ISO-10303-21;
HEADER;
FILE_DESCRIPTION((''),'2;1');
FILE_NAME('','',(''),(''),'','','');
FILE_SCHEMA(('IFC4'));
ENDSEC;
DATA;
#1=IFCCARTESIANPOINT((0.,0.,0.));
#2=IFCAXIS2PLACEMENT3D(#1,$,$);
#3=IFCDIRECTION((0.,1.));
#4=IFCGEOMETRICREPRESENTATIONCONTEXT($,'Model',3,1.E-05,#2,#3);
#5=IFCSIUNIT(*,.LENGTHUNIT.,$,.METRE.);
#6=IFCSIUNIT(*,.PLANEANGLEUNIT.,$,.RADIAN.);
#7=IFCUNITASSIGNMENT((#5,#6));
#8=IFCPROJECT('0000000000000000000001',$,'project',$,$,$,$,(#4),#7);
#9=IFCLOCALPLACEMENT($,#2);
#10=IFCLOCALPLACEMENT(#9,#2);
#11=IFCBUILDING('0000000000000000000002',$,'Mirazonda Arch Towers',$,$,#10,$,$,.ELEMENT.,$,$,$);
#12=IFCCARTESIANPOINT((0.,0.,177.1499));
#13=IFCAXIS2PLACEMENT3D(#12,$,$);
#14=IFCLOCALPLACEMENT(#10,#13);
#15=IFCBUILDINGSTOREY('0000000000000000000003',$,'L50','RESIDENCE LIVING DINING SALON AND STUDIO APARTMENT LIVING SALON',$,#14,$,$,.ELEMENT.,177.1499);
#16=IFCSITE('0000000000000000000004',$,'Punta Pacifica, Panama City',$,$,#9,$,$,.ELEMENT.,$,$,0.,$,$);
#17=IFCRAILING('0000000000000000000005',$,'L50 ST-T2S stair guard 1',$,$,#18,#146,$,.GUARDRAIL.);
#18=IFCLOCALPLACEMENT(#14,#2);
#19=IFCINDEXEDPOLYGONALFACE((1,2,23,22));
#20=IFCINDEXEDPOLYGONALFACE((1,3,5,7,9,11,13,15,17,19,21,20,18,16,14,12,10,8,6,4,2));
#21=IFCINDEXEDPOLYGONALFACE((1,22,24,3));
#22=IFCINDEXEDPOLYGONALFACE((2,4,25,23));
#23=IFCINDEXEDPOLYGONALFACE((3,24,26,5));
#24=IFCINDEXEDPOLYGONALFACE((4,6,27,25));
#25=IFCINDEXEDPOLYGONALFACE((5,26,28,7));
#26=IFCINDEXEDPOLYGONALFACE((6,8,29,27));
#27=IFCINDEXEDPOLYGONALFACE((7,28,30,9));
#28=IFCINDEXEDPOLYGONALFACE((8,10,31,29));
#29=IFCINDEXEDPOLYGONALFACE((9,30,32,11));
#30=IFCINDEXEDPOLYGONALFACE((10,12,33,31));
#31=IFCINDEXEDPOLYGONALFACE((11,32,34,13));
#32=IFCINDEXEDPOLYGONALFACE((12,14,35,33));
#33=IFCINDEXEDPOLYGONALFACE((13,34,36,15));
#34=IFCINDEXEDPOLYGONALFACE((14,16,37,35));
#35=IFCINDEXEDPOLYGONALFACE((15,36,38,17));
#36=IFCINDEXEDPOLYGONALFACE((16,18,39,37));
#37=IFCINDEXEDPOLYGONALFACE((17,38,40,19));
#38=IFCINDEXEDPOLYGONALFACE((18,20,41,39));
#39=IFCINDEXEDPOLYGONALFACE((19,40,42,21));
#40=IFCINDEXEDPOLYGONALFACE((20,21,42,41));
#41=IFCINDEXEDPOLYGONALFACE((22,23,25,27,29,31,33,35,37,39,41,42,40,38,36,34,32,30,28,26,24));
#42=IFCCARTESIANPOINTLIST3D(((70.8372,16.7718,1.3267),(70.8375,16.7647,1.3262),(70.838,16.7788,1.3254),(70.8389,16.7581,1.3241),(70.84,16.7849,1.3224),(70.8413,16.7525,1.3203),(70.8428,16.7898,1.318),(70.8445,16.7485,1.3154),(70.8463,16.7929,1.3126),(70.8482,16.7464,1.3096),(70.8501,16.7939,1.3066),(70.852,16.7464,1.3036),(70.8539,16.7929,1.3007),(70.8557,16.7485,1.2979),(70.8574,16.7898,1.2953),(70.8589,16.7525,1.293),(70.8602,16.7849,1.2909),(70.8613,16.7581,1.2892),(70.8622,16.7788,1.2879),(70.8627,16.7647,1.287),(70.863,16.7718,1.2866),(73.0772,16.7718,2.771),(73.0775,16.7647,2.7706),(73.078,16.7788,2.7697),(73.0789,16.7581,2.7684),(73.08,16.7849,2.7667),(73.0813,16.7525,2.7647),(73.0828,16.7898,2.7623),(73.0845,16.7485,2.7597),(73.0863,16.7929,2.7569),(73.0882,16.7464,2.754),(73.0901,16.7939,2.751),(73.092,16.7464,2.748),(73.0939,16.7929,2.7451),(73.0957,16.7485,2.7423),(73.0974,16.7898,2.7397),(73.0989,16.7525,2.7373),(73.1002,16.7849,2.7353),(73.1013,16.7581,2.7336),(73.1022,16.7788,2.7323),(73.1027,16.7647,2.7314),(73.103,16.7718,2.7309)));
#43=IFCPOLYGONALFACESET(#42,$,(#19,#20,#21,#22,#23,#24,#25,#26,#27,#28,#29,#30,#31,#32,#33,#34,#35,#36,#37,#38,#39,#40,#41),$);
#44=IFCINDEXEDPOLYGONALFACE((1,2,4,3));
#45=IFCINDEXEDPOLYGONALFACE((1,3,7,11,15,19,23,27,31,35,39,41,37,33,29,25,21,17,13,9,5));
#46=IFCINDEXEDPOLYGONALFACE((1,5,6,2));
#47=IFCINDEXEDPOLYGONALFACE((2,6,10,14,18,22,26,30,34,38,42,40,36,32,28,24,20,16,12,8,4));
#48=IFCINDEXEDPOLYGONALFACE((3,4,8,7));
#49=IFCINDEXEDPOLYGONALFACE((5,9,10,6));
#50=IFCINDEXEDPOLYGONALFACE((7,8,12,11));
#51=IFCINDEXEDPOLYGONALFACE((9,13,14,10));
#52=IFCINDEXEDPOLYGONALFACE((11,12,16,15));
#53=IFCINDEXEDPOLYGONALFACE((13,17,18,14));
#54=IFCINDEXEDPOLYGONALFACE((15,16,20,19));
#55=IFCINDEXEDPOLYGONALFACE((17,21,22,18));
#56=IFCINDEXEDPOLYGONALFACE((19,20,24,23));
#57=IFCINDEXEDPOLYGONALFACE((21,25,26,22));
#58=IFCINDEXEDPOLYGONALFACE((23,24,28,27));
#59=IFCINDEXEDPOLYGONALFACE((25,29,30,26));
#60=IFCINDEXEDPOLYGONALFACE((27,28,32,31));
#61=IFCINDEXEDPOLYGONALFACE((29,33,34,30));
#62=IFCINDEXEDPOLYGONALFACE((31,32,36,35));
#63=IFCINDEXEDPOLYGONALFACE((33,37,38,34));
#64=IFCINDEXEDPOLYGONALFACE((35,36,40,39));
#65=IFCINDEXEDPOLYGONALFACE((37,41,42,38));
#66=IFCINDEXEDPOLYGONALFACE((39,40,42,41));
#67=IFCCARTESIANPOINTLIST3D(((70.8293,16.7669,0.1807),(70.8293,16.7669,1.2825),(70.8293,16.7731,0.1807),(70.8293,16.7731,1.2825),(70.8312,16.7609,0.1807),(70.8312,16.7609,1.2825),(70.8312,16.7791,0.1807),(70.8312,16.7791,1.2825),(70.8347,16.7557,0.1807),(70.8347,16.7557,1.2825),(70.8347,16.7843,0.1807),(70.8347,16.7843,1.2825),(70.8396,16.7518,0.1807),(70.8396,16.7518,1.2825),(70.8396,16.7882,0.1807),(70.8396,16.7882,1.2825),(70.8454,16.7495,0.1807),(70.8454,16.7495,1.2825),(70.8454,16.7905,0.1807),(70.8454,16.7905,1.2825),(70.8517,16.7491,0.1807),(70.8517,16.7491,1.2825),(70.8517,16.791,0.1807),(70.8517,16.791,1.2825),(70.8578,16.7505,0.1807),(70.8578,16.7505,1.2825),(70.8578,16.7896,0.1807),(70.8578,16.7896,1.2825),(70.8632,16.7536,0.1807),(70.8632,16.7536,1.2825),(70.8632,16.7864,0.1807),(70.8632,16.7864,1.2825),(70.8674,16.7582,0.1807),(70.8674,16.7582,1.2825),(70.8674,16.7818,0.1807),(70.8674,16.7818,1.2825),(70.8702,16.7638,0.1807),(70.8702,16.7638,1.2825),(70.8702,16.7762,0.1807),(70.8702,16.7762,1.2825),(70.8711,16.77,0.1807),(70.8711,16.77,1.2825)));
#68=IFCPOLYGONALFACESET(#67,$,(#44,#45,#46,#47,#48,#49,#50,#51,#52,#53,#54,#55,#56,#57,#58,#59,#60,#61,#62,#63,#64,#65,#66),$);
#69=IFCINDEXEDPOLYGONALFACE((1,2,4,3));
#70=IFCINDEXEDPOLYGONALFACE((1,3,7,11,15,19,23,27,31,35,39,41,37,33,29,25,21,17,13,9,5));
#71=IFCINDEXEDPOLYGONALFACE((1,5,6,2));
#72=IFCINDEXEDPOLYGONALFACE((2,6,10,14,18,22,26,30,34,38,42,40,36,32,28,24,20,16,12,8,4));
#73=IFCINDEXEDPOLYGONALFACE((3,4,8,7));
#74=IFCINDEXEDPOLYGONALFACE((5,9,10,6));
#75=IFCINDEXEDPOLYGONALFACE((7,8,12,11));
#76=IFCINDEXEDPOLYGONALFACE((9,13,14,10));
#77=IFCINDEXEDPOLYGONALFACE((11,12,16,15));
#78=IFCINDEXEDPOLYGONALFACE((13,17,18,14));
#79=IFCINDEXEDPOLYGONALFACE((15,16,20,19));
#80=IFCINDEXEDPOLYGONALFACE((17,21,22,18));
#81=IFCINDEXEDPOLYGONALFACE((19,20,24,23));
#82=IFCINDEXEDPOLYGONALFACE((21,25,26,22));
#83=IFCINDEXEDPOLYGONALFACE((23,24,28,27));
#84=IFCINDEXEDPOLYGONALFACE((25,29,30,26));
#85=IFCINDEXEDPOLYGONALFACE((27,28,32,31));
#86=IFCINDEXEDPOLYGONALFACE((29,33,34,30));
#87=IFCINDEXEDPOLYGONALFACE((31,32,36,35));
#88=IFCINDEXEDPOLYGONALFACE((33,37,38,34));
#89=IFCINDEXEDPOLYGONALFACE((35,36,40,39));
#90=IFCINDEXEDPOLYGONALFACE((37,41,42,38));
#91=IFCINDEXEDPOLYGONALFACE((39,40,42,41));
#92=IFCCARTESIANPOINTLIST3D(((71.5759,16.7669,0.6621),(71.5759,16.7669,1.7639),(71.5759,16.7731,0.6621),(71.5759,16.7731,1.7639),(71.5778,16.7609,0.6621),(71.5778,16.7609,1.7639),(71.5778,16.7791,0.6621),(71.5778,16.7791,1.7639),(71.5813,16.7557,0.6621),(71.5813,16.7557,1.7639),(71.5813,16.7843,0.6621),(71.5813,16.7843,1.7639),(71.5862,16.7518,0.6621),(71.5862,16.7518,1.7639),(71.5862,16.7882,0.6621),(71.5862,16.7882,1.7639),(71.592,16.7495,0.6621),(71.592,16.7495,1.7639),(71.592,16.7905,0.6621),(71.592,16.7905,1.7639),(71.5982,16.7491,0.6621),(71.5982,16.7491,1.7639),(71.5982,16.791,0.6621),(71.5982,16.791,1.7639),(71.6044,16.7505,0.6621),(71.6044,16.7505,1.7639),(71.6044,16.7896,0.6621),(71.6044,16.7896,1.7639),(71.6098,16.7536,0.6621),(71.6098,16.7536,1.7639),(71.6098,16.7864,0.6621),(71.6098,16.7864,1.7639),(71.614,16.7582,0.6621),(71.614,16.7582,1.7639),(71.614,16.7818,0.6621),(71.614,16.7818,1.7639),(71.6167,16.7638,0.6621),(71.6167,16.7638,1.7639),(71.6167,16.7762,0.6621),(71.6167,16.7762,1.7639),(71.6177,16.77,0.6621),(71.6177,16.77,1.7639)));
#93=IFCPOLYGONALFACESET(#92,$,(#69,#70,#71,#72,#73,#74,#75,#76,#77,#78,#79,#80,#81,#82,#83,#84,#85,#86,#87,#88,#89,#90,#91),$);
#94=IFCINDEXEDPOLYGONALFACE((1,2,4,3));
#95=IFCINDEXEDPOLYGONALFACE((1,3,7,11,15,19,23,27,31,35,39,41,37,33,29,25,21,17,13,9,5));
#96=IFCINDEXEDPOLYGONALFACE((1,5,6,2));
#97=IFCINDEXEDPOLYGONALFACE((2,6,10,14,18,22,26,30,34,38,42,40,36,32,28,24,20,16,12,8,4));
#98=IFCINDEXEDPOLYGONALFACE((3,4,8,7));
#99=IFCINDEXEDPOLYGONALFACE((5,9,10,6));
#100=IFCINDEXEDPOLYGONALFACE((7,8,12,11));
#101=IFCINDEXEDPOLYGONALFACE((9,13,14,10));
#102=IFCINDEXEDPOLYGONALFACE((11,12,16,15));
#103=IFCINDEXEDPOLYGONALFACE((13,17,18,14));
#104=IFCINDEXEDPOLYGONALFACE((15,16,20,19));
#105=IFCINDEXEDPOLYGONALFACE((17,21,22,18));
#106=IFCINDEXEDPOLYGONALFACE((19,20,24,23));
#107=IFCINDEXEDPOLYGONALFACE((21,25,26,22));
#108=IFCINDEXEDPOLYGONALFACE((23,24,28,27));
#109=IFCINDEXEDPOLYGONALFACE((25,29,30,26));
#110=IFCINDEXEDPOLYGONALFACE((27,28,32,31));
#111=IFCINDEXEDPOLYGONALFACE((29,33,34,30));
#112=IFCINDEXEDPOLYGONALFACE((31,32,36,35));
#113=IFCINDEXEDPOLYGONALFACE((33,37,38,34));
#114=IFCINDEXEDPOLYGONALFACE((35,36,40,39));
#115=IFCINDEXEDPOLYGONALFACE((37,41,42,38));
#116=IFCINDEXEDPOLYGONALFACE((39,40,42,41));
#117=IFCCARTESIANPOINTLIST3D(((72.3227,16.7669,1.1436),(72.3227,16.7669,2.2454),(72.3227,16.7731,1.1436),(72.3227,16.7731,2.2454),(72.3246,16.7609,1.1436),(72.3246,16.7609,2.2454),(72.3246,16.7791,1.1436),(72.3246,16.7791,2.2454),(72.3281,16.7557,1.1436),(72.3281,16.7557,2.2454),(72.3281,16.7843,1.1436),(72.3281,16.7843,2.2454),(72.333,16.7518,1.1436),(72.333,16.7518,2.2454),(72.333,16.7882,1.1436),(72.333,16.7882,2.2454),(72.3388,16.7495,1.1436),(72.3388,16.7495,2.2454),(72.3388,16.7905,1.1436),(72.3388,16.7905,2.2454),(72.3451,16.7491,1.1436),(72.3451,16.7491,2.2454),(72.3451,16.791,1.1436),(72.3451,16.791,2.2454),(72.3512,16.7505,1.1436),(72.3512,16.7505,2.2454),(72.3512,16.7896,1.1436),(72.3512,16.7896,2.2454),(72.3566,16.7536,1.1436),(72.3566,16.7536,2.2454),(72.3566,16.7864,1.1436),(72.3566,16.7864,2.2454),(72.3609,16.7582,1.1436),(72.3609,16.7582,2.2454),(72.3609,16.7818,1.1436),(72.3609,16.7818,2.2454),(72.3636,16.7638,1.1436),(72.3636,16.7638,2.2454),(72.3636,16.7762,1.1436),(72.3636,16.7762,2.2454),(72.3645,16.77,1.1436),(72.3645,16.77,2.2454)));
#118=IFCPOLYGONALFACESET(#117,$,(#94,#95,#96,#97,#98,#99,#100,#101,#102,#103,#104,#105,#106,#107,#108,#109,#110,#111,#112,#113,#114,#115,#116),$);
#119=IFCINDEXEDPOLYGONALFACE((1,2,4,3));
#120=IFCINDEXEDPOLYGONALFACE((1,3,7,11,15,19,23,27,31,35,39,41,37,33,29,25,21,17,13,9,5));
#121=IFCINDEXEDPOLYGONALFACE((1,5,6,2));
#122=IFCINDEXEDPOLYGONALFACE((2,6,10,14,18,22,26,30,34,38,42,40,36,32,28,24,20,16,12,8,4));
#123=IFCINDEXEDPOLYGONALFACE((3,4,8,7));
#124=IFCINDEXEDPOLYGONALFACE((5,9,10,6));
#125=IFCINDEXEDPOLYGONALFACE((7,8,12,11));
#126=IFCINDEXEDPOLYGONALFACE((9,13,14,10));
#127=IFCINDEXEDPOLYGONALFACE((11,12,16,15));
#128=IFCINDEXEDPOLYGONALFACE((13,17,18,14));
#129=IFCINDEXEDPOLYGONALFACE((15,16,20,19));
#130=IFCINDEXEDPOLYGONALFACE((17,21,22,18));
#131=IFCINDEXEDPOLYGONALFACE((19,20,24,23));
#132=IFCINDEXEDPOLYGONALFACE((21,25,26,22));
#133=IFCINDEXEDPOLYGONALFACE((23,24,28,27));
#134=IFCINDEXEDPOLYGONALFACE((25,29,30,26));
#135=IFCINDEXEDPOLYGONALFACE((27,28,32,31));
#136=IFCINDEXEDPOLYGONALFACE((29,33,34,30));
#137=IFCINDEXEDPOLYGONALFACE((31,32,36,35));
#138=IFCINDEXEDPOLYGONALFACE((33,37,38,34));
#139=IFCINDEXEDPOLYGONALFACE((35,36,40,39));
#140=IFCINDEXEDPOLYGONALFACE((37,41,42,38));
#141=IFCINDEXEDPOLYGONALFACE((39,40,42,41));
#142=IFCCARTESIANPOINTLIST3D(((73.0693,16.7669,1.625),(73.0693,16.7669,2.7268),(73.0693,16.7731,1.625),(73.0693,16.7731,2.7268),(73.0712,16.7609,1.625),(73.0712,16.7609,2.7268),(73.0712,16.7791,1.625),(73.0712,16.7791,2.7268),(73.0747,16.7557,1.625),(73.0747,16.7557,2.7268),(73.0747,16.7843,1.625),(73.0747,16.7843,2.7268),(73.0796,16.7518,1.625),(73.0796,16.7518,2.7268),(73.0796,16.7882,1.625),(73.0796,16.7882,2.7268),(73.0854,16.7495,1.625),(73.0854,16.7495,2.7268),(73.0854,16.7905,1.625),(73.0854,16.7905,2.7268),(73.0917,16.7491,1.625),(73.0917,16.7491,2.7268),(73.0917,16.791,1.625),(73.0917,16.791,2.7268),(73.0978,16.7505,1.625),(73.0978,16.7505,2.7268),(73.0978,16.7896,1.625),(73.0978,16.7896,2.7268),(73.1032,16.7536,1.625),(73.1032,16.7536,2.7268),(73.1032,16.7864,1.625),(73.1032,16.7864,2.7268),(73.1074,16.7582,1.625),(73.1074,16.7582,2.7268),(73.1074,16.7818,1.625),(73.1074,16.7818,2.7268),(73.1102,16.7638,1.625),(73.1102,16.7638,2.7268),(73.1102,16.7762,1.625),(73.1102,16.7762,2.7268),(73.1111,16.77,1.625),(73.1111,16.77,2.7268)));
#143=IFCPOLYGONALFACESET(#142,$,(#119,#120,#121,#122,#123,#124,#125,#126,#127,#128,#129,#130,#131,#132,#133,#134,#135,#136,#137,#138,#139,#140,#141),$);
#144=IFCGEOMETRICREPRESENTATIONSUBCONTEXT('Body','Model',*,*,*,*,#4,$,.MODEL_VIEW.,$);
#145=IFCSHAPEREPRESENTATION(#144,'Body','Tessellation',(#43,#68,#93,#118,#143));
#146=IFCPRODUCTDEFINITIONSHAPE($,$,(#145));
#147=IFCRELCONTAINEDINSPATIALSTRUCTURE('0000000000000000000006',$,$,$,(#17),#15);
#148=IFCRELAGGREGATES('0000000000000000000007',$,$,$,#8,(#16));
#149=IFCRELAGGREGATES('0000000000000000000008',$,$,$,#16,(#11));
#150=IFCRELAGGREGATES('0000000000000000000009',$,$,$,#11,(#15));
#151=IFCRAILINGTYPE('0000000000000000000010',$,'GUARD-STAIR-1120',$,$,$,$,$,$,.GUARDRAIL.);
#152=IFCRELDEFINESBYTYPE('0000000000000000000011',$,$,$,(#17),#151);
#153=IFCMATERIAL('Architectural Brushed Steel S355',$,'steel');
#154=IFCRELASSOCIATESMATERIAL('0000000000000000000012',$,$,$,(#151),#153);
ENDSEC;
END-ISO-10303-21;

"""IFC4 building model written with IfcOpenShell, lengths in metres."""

from ifc_helpers import new_model, si_unit, direction, frame, origin, origin_2d, place, context, subcontext, project, spatial, circle, extrude, material, type_object, element, save


model = new_model("IFC4")

# Units and contexts
model_context = context("Model", 3, precision=1e-05, world=origin(), true_north=direction((0.0, 1.0)))
body_context = subcontext(model_context, "Body", "Model", "MODEL_VIEW")
ifc_project = project(units=[si_unit("LENGTHUNIT", "METRE"), si_unit("PLANEANGLEUNIT", "RADIAN")], contexts=[model_context])

# Site, building, storey
site_placement = place(None, origin())
site = spatial("IfcSite", under=ifc_project, at=site_placement, Name="Punta Pacifica, Panama City", CompositionType="ELEMENT", RefElevation=0.0)
building_placement = place(site_placement, origin())
building = spatial("IfcBuilding", under=site, at=building_placement, Name="Mirazonda Arch Towers", CompositionType="ELEMENT")
storey_placement = place(building_placement, frame((0.0, 0.0, 177.1499)))
storey = spatial("IfcBuildingStorey", under=building, at=storey_placement, Name="L50", Description="RESIDENCE LIVING DINING SALON AND STUDIO APARTMENT LIVING SALON", CompositionType="ELEMENT", Elevation=177.1499)

# Railing
ifc_material_1 = material(Name="Architectural Brushed Steel S355", Category="steel")
railing_type = type_object("IfcRailingType", Name="GUARD-STAIR-1120", PredefinedType="GUARDRAIL", material=ifc_material_1)
railing_1_placement = place(storey_placement, frame((70.8501, 16.77, 0.1807)))
element("IfcRailing", 1, at=railing_1_placement, inside=storey, type_object=railing_type, Name="L50 ST-T2S stair guard 1", PredefinedType="GUARDRAIL", context=body_context, shape_type="SweptSolid", body=[
    extrude(circle(Radius=0.0239, at=origin_2d()), frame((0.0, 0.0, 1.126), z_axis=(0.840437, 0.0, 0.54191), x_axis=(0.0, 1.0, 0.0)), (0.0, 0.0, 1.0), 2.6653),
    extrude(circle(Radius=0.021, at=origin_2d()), origin(), (0.0, 0.0, 1.0), 1.1018),
    extrude(circle(Radius=0.021, at=origin_2d()), frame((0.7466, 0.0, 0.4814)), (0.0, 0.0, 1.0), 1.1018),
    extrude(circle(Radius=0.021, at=origin_2d()), frame((1.4934, 0.0, 0.9629)), (0.0, 0.0, 1.0), 1.1018),
    extrude(circle(Radius=0.021, at=origin_2d()), frame((2.24, 0.0, 1.4443)), (0.0, 0.0, 1.0), 1.1018),
])

save(model, "model.ifc")
